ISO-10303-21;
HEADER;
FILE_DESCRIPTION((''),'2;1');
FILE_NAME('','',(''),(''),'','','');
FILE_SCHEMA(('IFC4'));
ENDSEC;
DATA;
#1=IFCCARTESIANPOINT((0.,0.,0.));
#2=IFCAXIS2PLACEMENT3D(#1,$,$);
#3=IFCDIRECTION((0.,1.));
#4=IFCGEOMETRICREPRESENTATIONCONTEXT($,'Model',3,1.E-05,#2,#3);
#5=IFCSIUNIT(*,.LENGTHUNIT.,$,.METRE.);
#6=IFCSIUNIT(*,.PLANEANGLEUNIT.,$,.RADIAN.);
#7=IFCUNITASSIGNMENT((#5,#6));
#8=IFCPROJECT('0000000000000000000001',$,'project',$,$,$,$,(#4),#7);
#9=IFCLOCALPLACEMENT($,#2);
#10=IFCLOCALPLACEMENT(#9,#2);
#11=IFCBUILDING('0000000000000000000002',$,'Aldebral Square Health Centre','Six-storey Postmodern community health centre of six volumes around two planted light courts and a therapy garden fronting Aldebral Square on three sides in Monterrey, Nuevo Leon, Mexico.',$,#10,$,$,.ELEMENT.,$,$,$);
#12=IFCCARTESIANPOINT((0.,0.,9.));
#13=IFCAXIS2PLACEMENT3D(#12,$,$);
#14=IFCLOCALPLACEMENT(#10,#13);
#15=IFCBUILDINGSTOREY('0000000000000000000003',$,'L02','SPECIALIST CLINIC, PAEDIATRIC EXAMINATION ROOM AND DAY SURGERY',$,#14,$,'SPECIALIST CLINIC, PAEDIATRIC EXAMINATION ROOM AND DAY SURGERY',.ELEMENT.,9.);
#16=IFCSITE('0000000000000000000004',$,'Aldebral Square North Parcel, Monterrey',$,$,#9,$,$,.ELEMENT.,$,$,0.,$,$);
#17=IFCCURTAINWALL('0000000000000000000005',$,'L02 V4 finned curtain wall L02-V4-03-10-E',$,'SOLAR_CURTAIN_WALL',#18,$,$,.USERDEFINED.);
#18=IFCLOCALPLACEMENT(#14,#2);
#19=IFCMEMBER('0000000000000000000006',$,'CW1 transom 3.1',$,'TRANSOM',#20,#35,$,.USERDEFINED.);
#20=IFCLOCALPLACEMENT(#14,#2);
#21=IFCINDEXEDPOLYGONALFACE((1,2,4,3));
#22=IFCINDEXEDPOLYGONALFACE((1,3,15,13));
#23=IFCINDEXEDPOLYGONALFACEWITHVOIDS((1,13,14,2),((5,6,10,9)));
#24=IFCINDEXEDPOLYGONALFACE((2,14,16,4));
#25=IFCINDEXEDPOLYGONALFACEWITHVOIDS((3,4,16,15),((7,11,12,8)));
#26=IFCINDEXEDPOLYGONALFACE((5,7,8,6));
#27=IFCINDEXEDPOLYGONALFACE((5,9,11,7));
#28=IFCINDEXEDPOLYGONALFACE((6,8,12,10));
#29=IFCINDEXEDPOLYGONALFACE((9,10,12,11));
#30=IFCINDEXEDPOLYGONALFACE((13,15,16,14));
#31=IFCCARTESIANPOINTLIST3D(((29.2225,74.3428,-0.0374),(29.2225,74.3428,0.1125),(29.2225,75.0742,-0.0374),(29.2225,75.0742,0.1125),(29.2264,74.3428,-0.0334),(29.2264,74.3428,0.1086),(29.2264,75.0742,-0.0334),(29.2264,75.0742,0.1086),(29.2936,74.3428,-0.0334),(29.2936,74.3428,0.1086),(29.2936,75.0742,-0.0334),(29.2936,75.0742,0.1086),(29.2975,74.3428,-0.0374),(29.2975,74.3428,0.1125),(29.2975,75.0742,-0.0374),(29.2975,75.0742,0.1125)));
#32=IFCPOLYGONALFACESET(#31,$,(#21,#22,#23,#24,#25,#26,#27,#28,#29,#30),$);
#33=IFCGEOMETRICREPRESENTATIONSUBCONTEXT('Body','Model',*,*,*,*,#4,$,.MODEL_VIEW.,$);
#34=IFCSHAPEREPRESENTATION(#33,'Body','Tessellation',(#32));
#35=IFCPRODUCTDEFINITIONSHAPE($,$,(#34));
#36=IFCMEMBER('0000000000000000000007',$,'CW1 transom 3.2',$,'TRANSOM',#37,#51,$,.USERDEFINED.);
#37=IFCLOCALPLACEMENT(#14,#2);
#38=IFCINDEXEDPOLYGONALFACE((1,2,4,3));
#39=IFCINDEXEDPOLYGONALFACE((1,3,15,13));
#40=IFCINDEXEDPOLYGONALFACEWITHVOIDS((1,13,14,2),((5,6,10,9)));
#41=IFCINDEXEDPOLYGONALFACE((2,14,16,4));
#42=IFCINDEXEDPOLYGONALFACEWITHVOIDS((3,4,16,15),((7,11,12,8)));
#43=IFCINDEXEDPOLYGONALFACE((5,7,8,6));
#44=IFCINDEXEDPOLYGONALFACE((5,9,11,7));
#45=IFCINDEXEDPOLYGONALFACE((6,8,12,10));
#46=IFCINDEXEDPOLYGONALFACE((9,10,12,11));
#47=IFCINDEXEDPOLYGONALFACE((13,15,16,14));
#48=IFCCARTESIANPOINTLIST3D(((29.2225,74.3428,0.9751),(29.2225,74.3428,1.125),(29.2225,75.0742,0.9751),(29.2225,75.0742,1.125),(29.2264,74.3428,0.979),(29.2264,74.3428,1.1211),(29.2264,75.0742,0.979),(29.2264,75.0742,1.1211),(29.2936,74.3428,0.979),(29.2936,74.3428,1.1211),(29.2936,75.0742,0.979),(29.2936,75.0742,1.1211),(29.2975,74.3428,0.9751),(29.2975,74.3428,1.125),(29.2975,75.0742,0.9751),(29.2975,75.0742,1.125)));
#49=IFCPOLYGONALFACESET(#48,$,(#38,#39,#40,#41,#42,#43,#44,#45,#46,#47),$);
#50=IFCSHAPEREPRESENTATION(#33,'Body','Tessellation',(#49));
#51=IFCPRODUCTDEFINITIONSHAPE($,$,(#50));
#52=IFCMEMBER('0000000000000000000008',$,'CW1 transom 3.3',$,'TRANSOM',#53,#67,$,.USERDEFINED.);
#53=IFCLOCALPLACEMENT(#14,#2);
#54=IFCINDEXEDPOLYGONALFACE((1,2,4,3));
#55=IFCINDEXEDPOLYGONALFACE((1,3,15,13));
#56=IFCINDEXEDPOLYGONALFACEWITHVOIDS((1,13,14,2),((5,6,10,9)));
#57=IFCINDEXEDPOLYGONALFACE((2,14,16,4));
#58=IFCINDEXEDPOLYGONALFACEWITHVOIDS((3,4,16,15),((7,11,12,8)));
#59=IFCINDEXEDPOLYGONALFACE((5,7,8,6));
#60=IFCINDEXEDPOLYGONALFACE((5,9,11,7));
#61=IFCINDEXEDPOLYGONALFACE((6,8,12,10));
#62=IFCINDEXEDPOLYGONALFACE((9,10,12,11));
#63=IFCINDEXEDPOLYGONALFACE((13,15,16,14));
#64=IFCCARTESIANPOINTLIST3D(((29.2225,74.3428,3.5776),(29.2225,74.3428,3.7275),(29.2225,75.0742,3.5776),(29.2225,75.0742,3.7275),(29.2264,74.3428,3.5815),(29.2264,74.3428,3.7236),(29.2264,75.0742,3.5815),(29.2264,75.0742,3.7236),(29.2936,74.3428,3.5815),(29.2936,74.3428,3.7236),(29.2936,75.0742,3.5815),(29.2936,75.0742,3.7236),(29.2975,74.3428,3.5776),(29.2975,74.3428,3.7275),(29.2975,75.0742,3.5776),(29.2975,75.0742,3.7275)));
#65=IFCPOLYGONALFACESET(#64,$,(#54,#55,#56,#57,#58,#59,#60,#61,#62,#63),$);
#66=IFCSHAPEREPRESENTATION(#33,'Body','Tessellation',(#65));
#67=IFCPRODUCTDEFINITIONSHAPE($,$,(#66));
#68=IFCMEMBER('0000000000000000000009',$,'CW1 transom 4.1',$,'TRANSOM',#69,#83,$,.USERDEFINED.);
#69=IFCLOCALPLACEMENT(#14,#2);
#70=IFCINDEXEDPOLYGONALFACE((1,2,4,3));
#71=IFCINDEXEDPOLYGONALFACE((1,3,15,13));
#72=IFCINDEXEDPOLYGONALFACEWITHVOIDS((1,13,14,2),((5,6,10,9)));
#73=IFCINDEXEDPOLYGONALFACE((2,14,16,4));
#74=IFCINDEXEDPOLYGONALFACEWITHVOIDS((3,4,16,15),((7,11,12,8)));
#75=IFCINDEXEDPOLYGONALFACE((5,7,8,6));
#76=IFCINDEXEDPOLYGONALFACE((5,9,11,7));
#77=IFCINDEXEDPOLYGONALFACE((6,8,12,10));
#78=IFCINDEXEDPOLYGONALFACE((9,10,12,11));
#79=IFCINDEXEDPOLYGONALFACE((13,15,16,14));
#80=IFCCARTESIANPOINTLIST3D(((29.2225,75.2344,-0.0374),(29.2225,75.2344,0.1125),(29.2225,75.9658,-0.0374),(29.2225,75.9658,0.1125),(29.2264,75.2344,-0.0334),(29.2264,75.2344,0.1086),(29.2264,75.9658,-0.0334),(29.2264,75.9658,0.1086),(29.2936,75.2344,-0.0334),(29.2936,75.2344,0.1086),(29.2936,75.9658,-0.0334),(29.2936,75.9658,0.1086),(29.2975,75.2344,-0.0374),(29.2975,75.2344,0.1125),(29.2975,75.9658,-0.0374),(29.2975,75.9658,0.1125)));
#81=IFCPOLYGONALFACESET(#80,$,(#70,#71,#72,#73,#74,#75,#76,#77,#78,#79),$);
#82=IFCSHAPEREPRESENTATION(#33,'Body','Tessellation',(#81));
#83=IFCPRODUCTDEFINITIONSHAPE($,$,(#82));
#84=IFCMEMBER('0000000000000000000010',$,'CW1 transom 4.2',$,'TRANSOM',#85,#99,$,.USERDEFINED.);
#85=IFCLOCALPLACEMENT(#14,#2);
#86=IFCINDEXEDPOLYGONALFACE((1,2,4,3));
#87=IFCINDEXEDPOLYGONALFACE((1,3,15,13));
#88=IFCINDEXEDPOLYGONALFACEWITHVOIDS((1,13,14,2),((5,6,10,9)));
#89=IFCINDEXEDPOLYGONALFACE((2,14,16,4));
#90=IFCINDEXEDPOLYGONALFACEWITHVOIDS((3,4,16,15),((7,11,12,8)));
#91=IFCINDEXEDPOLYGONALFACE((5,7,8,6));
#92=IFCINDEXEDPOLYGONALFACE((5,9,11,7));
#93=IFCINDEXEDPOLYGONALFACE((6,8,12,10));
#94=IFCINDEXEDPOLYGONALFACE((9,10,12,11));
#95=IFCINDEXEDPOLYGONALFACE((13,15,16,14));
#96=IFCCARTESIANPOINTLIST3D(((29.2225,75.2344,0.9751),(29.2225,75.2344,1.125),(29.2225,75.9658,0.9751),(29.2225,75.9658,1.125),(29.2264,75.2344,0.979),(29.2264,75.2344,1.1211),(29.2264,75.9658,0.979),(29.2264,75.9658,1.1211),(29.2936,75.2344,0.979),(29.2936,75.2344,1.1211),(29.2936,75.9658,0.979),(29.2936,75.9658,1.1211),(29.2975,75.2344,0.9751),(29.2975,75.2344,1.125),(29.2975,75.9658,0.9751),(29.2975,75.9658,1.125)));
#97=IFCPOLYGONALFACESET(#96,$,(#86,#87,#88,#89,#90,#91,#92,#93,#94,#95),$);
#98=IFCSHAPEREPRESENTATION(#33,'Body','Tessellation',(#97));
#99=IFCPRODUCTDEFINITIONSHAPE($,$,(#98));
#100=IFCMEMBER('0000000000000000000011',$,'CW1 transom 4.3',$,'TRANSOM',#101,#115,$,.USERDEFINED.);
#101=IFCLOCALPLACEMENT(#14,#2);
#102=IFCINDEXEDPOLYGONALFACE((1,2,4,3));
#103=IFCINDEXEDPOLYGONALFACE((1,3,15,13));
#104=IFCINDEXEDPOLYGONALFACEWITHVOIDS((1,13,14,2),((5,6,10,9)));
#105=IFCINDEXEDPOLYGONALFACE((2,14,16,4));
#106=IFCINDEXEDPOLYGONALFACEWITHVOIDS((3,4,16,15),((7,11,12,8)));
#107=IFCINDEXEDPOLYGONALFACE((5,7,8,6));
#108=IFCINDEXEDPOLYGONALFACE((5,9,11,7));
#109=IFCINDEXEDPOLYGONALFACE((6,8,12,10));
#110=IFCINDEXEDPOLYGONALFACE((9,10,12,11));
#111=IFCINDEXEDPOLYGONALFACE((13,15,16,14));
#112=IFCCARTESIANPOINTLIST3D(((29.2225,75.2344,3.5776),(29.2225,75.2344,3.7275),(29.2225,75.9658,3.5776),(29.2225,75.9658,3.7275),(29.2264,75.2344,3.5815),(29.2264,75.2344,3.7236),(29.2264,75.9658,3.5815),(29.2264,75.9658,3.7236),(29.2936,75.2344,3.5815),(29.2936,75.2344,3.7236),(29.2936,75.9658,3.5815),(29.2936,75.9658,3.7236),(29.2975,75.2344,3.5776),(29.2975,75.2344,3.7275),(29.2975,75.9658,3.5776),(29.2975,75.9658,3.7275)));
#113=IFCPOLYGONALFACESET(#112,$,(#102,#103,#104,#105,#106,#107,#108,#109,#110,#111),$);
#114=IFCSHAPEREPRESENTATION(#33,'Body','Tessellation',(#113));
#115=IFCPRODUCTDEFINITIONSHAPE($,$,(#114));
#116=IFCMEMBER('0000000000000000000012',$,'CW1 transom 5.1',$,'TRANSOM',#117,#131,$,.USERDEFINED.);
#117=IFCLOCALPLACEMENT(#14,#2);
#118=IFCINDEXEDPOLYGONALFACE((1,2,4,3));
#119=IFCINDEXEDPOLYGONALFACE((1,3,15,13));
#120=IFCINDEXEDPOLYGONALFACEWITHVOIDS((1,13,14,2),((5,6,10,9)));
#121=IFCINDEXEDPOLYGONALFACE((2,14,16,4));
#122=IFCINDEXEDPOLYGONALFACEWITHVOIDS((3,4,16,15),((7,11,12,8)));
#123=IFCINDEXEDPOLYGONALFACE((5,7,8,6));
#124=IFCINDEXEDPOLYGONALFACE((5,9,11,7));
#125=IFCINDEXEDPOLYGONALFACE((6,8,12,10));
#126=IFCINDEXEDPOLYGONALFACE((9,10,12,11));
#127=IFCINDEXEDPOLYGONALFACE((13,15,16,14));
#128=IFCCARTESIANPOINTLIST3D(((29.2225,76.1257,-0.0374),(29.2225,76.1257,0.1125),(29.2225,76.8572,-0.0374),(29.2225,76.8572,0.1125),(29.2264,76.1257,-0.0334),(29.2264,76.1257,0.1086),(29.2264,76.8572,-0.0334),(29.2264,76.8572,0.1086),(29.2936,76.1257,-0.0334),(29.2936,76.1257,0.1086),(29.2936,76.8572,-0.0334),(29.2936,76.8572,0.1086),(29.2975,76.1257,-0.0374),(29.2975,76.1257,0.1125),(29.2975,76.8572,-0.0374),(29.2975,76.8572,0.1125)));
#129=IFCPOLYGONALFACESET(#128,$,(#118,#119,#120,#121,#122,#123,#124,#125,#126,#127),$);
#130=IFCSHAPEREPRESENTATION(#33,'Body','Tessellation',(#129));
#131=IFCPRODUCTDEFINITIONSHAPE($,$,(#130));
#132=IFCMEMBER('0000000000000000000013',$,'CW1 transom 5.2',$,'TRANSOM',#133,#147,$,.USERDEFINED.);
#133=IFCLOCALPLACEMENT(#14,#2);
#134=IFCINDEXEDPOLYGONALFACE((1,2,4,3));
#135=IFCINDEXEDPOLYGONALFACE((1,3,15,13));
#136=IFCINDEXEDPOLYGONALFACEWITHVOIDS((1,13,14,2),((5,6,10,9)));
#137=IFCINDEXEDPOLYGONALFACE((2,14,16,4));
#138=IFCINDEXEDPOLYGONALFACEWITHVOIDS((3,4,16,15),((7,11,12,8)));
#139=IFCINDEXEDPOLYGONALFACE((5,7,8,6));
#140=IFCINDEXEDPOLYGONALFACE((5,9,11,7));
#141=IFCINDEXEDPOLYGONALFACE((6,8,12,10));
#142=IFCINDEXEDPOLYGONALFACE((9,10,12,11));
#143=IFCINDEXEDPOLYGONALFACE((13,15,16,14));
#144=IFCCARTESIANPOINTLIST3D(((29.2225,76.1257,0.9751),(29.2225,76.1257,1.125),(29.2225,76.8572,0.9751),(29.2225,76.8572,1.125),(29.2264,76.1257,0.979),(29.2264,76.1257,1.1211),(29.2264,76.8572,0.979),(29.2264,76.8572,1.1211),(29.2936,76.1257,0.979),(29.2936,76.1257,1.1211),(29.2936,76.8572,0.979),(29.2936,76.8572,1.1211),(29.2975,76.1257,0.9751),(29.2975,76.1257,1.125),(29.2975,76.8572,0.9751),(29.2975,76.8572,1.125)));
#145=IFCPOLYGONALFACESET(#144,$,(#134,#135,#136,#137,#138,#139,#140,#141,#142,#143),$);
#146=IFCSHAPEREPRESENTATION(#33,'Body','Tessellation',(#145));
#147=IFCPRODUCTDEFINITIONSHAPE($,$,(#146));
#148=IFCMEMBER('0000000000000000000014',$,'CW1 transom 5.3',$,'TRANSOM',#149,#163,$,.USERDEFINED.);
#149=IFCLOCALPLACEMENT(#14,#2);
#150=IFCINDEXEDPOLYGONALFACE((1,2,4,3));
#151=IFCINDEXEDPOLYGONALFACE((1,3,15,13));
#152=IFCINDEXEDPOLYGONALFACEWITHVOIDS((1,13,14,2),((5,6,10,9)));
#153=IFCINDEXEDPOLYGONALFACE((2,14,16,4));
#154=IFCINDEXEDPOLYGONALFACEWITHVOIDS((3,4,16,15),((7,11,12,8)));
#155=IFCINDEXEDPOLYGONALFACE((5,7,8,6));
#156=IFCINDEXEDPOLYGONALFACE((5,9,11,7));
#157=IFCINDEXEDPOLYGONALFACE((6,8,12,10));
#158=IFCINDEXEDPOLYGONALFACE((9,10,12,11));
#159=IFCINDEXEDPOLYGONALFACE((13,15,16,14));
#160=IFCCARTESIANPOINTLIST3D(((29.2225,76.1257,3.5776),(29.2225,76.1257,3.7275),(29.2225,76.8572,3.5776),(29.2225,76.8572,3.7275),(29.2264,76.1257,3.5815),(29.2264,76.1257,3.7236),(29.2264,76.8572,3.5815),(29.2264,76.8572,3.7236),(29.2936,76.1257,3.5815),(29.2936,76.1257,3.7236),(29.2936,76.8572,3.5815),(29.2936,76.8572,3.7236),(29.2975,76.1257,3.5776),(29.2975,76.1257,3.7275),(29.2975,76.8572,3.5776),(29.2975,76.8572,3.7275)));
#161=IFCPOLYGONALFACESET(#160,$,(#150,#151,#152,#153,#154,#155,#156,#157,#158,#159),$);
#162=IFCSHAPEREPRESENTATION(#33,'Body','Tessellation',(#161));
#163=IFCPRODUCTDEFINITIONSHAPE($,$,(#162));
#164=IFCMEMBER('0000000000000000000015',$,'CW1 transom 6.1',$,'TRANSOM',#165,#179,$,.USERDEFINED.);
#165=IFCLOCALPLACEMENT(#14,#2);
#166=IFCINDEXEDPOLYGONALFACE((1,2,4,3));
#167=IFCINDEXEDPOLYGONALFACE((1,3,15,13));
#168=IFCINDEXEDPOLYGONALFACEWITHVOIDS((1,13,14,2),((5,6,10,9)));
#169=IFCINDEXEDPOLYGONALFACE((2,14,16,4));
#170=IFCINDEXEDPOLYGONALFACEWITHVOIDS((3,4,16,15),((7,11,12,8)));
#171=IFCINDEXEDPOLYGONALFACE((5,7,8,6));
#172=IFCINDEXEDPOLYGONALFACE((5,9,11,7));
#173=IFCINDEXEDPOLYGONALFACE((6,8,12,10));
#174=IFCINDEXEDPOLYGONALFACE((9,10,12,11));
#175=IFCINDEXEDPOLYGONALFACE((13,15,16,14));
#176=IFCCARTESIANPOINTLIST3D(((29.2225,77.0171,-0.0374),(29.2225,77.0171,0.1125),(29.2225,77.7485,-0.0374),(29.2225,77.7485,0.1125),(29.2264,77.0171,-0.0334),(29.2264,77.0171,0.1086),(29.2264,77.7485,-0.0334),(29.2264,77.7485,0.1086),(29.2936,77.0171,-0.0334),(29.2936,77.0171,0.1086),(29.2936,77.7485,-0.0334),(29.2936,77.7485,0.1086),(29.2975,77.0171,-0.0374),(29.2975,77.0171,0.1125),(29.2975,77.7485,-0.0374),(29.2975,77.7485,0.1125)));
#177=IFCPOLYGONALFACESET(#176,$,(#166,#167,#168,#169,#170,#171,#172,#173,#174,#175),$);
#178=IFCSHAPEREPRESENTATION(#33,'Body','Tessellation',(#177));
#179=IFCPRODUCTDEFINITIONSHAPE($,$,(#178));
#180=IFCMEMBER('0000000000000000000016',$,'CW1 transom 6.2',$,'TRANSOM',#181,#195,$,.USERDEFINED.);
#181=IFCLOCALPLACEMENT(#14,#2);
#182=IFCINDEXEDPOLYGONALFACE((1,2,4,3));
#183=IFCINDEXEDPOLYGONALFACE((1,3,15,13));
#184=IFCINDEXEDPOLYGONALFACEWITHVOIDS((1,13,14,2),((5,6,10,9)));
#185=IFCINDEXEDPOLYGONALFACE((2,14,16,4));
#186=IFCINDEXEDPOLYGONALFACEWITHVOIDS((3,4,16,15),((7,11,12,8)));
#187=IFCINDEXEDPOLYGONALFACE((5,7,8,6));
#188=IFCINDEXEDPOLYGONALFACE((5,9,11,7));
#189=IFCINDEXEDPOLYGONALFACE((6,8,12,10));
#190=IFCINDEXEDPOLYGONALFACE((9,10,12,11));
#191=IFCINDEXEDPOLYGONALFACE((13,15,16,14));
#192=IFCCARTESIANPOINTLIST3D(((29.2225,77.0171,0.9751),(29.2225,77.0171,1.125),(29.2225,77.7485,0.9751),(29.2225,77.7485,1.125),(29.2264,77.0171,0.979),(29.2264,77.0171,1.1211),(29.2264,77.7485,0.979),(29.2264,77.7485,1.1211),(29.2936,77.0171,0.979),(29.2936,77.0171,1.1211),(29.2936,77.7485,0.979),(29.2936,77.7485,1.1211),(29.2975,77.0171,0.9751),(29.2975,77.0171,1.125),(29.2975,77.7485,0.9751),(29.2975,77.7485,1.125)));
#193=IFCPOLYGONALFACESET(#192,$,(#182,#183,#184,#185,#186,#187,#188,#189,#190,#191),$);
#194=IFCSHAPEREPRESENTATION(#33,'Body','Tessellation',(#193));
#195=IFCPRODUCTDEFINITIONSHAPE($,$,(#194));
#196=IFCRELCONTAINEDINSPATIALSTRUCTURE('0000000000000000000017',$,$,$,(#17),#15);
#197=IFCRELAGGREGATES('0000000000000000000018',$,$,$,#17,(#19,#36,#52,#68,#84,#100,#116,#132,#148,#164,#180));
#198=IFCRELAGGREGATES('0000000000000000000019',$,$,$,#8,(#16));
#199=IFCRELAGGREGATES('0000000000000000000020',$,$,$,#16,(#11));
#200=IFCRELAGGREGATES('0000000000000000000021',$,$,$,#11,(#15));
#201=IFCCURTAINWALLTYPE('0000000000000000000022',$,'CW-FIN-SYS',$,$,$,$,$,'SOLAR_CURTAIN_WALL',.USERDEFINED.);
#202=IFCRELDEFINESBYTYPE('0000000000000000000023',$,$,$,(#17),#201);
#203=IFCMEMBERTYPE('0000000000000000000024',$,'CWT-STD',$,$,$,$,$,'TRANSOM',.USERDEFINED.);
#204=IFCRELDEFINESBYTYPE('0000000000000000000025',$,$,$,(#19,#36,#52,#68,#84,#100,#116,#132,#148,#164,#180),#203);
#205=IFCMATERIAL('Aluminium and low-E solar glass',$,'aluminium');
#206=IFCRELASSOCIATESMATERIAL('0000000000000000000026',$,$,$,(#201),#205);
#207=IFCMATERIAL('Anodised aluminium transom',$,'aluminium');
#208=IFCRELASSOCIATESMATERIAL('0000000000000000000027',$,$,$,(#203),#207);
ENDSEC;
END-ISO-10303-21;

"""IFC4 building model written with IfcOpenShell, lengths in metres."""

from ifc_helpers import new_model, si_unit, direction, frame, origin, origin_2d, place, context, subcontext, project, spatial, hollow_rectangle, extrude, material, material_profile, profile_set, type_object, element, aggregate, save


model = new_model("IFC4")

# Units and contexts
model_context = context("Model", 3, precision=1e-05, world=origin(), true_north=direction((0.0, 1.0)))
body_context = subcontext(model_context, "Body", "Model", "MODEL_VIEW")
ifc_project = project(units=[si_unit("LENGTHUNIT", "METRE"), si_unit("PLANEANGLEUNIT", "RADIAN")], contexts=[model_context])

# Site, building, storey
site_placement = place(None, origin())
site = spatial("IfcSite", under=ifc_project, at=site_placement, Name="Aldebral Square North Parcel, Monterrey", CompositionType="ELEMENT", RefElevation=0.0)
building_placement = place(site_placement, origin())
building = spatial("IfcBuilding", under=site, at=building_placement, Name="Aldebral Square Health Centre", Description="Six-storey Postmodern community health centre of six volumes around two planted light courts and a therapy garden fronting Aldebral Square on three sides in Monterrey, Nuevo Leon, Mexico.", CompositionType="ELEMENT")
storey_placement = place(building_placement, frame((0.0, 0.0, 9.0)))
storey = spatial("IfcBuildingStorey", under=building, at=storey_placement, Name="L02", Description="SPECIALIST CLINIC, PAEDIATRIC EXAMINATION ROOM AND DAY SURGERY", LongName="SPECIALIST CLINIC, PAEDIATRIC EXAMINATION ROOM AND DAY SURGERY", CompositionType="ELEMENT", Elevation=9.0)

# Curtain wall, members
ifc_material_1 = material(Name="Aluminium and low-E solar glass", Category="aluminium")
curtain_wall_type = type_object("IfcCurtainWallType", Name="CW-FIN-SYS", ElementType="SOLAR_CURTAIN_WALL", PredefinedType="USERDEFINED", material=ifc_material_1)
curtain_wall_placement = place(storey_placement, origin())
curtain_wall = element("IfcCurtainWall", 1, at=curtain_wall_placement, inside=storey, type_object=curtain_wall_type, Name="L02 V4 finned curtain wall L02-V4-03-10-E", ObjectType="SOLAR_CURTAIN_WALL", PredefinedType="USERDEFINED")
ifc_material_2 = material(Name="Anodised aluminium transom", Category="aluminium")
ifc_material_profile_1 = material_profile(ifc_material_2, hollow_rectangle(XDim=0.075, YDim=0.1499, WallThickness=0.0039, at=origin_2d()), Name="CWT 75x150x4")
ifc_profile_set_1 = profile_set([ifc_material_profile_1], Name="Anodised aluminium transom")
member_type_1 = type_object("IfcMemberType", Name="CWT-STD", ElementType="TRANSOM", PredefinedType="USERDEFINED", material=ifc_profile_set_1)
member_1_placement = place(storey_placement, frame((29.26, 74.3428, 0.0376), z_axis=(0.0, 1.0, 0.0), x_axis=(-1.0, 0.0, 0.0)))
member_1 = element("IfcMember", 2, at=member_1_placement, type_object=member_type_1, Name="CW1 transom 3.1", ObjectType="TRANSOM", PredefinedType="USERDEFINED", context=body_context, shape_type="SweptSolid", body=[
    extrude(hollow_rectangle(XDim=0.075, YDim=0.1499, WallThickness=0.0039, at=origin_2d()), origin(), (0.0, 0.0, 1.0), 0.7314),
])
member_2_placement = place(storey_placement, frame((29.26, 74.3428, 1.05), z_axis=(0.0, 1.0, 0.0), x_axis=(-1.0, 0.0, 0.0)))
member_2 = element("IfcMember", 3, at=member_2_placement, type_object=member_type_1, Name="CW1 transom 3.2", ObjectType="TRANSOM", PredefinedType="USERDEFINED", context=body_context, shape_type="SweptSolid", body=[
    extrude(hollow_rectangle(XDim=0.075, YDim=0.1499, WallThickness=0.0039, at=origin_2d()), origin(), (0.0, 0.0, 1.0), 0.7314),
])
member_3_placement = place(storey_placement, frame((29.26, 74.3428, 3.6526), z_axis=(0.0, 1.0, 0.0), x_axis=(-1.0, 0.0, 0.0)))
member_3 = element("IfcMember", 4, at=member_3_placement, type_object=member_type_1, Name="CW1 transom 3.3", ObjectType="TRANSOM", PredefinedType="USERDEFINED", context=body_context, shape_type="SweptSolid", body=[
    extrude(hollow_rectangle(XDim=0.075, YDim=0.1499, WallThickness=0.0039, at=origin_2d()), origin(), (0.0, 0.0, 1.0), 0.7314),
])
member_4_placement = place(storey_placement, frame((29.26, 75.2344, 0.0376), z_axis=(0.0, 1.0, 0.0), x_axis=(-1.0, 0.0, 0.0)))
member_4 = element("IfcMember", 5, at=member_4_placement, type_object=member_type_1, Name="CW1 transom 4.1", ObjectType="TRANSOM", PredefinedType="USERDEFINED", context=body_context, shape_type="SweptSolid", body=[
    extrude(hollow_rectangle(XDim=0.075, YDim=0.1499, WallThickness=0.0039, at=origin_2d()), origin(), (0.0, 0.0, 1.0), 0.7314),
])
member_5_placement = place(storey_placement, frame((29.26, 75.2344, 1.05), z_axis=(0.0, 1.0, 0.0), x_axis=(-1.0, 0.0, 0.0)))
member_5 = element("IfcMember", 6, at=member_5_placement, type_object=member_type_1, Name="CW1 transom 4.2", ObjectType="TRANSOM", PredefinedType="USERDEFINED", context=body_context, shape_type="SweptSolid", body=[
    extrude(hollow_rectangle(XDim=0.075, YDim=0.1499, WallThickness=0.0039, at=origin_2d()), origin(), (0.0, 0.0, 1.0), 0.7314),
])
member_6_placement = place(storey_placement, frame((29.26, 75.2344, 3.6526), z_axis=(0.0, 1.0, 0.0), x_axis=(-1.0, 0.0, 0.0)))
member_6 = element("IfcMember", 7, at=member_6_placement, type_object=member_type_1, Name="CW1 transom 4.3", ObjectType="TRANSOM", PredefinedType="USERDEFINED", context=body_context, shape_type="SweptSolid", body=[
    extrude(hollow_rectangle(XDim=0.075, YDim=0.1499, WallThickness=0.0039, at=origin_2d()), origin(), (0.0, 0.0, 1.0), 0.7314),
])
member_7_placement = place(storey_placement, frame((29.26, 76.1257, 0.0376), z_axis=(0.0, 1.0, 0.0), x_axis=(-1.0, 0.0, 0.0)))
member_7 = element("IfcMember", 8, at=member_7_placement, type_object=member_type_1, Name="CW1 transom 5.1", ObjectType="TRANSOM", PredefinedType="USERDEFINED", context=body_context, shape_type="SweptSolid", body=[
    extrude(hollow_rectangle(XDim=0.075, YDim=0.1499, WallThickness=0.0039, at=origin_2d()), origin(), (0.0, 0.0, 1.0), 0.7314),
])
member_8_placement = place(storey_placement, frame((29.26, 76.1257, 1.05), z_axis=(0.0, 1.0, 0.0), x_axis=(-1.0, 0.0, 0.0)))
member_8 = element("IfcMember", 9, at=member_8_placement, type_object=member_type_1, Name="CW1 transom 5.2", ObjectType="TRANSOM", PredefinedType="USERDEFINED", context=body_context, shape_type="SweptSolid", body=[
    extrude(hollow_rectangle(XDim=0.075, YDim=0.1499, WallThickness=0.0039, at=origin_2d()), origin(), (0.0, 0.0, 1.0), 0.7314),
])
member_9_placement = place(storey_placement, frame((29.26, 76.1257, 3.6526), z_axis=(0.0, 1.0, 0.0), x_axis=(-1.0, 0.0, 0.0)))
member_9 = element("IfcMember", 10, at=member_9_placement, type_object=member_type_1, Name="CW1 transom 5.3", ObjectType="TRANSOM", PredefinedType="USERDEFINED", context=body_context, shape_type="SweptSolid", body=[
    extrude(hollow_rectangle(XDim=0.075, YDim=0.1499, WallThickness=0.0039, at=origin_2d()), origin(), (0.0, 0.0, 1.0), 0.7314),
])
member_10_placement = place(storey_placement, frame((29.26, 77.0171, 0.0376), z_axis=(0.0, 1.0, 0.0), x_axis=(-1.0, 0.0, 0.0)))
member_10 = element("IfcMember", 11, at=member_10_placement, type_object=member_type_1, Name="CW1 transom 6.1", ObjectType="TRANSOM", PredefinedType="USERDEFINED", context=body_context, shape_type="SweptSolid", body=[
    extrude(hollow_rectangle(XDim=0.075, YDim=0.1499, WallThickness=0.0039, at=origin_2d()), origin(), (0.0, 0.0, 1.0), 0.7314),
])
member_11_placement = place(storey_placement, frame((29.26, 77.0171, 1.05), z_axis=(0.0, 1.0, 0.0), x_axis=(-1.0, 0.0, 0.0)))
member_11 = element("IfcMember", 12, at=member_11_placement, type_object=member_type_1, Name="CW1 transom 6.2", ObjectType="TRANSOM", PredefinedType="USERDEFINED", context=body_context, shape_type="SweptSolid", body=[
    extrude(hollow_rectangle(XDim=0.075, YDim=0.1499, WallThickness=0.0039, at=origin_2d()), origin(), (0.0, 0.0, 1.0), 0.7314),
])
aggregate(curtain_wall, [member_1, member_2, member_3, member_4, member_5, member_6, member_7, member_8, member_9, member_10, member_11])

save(model, "model.ifc")
